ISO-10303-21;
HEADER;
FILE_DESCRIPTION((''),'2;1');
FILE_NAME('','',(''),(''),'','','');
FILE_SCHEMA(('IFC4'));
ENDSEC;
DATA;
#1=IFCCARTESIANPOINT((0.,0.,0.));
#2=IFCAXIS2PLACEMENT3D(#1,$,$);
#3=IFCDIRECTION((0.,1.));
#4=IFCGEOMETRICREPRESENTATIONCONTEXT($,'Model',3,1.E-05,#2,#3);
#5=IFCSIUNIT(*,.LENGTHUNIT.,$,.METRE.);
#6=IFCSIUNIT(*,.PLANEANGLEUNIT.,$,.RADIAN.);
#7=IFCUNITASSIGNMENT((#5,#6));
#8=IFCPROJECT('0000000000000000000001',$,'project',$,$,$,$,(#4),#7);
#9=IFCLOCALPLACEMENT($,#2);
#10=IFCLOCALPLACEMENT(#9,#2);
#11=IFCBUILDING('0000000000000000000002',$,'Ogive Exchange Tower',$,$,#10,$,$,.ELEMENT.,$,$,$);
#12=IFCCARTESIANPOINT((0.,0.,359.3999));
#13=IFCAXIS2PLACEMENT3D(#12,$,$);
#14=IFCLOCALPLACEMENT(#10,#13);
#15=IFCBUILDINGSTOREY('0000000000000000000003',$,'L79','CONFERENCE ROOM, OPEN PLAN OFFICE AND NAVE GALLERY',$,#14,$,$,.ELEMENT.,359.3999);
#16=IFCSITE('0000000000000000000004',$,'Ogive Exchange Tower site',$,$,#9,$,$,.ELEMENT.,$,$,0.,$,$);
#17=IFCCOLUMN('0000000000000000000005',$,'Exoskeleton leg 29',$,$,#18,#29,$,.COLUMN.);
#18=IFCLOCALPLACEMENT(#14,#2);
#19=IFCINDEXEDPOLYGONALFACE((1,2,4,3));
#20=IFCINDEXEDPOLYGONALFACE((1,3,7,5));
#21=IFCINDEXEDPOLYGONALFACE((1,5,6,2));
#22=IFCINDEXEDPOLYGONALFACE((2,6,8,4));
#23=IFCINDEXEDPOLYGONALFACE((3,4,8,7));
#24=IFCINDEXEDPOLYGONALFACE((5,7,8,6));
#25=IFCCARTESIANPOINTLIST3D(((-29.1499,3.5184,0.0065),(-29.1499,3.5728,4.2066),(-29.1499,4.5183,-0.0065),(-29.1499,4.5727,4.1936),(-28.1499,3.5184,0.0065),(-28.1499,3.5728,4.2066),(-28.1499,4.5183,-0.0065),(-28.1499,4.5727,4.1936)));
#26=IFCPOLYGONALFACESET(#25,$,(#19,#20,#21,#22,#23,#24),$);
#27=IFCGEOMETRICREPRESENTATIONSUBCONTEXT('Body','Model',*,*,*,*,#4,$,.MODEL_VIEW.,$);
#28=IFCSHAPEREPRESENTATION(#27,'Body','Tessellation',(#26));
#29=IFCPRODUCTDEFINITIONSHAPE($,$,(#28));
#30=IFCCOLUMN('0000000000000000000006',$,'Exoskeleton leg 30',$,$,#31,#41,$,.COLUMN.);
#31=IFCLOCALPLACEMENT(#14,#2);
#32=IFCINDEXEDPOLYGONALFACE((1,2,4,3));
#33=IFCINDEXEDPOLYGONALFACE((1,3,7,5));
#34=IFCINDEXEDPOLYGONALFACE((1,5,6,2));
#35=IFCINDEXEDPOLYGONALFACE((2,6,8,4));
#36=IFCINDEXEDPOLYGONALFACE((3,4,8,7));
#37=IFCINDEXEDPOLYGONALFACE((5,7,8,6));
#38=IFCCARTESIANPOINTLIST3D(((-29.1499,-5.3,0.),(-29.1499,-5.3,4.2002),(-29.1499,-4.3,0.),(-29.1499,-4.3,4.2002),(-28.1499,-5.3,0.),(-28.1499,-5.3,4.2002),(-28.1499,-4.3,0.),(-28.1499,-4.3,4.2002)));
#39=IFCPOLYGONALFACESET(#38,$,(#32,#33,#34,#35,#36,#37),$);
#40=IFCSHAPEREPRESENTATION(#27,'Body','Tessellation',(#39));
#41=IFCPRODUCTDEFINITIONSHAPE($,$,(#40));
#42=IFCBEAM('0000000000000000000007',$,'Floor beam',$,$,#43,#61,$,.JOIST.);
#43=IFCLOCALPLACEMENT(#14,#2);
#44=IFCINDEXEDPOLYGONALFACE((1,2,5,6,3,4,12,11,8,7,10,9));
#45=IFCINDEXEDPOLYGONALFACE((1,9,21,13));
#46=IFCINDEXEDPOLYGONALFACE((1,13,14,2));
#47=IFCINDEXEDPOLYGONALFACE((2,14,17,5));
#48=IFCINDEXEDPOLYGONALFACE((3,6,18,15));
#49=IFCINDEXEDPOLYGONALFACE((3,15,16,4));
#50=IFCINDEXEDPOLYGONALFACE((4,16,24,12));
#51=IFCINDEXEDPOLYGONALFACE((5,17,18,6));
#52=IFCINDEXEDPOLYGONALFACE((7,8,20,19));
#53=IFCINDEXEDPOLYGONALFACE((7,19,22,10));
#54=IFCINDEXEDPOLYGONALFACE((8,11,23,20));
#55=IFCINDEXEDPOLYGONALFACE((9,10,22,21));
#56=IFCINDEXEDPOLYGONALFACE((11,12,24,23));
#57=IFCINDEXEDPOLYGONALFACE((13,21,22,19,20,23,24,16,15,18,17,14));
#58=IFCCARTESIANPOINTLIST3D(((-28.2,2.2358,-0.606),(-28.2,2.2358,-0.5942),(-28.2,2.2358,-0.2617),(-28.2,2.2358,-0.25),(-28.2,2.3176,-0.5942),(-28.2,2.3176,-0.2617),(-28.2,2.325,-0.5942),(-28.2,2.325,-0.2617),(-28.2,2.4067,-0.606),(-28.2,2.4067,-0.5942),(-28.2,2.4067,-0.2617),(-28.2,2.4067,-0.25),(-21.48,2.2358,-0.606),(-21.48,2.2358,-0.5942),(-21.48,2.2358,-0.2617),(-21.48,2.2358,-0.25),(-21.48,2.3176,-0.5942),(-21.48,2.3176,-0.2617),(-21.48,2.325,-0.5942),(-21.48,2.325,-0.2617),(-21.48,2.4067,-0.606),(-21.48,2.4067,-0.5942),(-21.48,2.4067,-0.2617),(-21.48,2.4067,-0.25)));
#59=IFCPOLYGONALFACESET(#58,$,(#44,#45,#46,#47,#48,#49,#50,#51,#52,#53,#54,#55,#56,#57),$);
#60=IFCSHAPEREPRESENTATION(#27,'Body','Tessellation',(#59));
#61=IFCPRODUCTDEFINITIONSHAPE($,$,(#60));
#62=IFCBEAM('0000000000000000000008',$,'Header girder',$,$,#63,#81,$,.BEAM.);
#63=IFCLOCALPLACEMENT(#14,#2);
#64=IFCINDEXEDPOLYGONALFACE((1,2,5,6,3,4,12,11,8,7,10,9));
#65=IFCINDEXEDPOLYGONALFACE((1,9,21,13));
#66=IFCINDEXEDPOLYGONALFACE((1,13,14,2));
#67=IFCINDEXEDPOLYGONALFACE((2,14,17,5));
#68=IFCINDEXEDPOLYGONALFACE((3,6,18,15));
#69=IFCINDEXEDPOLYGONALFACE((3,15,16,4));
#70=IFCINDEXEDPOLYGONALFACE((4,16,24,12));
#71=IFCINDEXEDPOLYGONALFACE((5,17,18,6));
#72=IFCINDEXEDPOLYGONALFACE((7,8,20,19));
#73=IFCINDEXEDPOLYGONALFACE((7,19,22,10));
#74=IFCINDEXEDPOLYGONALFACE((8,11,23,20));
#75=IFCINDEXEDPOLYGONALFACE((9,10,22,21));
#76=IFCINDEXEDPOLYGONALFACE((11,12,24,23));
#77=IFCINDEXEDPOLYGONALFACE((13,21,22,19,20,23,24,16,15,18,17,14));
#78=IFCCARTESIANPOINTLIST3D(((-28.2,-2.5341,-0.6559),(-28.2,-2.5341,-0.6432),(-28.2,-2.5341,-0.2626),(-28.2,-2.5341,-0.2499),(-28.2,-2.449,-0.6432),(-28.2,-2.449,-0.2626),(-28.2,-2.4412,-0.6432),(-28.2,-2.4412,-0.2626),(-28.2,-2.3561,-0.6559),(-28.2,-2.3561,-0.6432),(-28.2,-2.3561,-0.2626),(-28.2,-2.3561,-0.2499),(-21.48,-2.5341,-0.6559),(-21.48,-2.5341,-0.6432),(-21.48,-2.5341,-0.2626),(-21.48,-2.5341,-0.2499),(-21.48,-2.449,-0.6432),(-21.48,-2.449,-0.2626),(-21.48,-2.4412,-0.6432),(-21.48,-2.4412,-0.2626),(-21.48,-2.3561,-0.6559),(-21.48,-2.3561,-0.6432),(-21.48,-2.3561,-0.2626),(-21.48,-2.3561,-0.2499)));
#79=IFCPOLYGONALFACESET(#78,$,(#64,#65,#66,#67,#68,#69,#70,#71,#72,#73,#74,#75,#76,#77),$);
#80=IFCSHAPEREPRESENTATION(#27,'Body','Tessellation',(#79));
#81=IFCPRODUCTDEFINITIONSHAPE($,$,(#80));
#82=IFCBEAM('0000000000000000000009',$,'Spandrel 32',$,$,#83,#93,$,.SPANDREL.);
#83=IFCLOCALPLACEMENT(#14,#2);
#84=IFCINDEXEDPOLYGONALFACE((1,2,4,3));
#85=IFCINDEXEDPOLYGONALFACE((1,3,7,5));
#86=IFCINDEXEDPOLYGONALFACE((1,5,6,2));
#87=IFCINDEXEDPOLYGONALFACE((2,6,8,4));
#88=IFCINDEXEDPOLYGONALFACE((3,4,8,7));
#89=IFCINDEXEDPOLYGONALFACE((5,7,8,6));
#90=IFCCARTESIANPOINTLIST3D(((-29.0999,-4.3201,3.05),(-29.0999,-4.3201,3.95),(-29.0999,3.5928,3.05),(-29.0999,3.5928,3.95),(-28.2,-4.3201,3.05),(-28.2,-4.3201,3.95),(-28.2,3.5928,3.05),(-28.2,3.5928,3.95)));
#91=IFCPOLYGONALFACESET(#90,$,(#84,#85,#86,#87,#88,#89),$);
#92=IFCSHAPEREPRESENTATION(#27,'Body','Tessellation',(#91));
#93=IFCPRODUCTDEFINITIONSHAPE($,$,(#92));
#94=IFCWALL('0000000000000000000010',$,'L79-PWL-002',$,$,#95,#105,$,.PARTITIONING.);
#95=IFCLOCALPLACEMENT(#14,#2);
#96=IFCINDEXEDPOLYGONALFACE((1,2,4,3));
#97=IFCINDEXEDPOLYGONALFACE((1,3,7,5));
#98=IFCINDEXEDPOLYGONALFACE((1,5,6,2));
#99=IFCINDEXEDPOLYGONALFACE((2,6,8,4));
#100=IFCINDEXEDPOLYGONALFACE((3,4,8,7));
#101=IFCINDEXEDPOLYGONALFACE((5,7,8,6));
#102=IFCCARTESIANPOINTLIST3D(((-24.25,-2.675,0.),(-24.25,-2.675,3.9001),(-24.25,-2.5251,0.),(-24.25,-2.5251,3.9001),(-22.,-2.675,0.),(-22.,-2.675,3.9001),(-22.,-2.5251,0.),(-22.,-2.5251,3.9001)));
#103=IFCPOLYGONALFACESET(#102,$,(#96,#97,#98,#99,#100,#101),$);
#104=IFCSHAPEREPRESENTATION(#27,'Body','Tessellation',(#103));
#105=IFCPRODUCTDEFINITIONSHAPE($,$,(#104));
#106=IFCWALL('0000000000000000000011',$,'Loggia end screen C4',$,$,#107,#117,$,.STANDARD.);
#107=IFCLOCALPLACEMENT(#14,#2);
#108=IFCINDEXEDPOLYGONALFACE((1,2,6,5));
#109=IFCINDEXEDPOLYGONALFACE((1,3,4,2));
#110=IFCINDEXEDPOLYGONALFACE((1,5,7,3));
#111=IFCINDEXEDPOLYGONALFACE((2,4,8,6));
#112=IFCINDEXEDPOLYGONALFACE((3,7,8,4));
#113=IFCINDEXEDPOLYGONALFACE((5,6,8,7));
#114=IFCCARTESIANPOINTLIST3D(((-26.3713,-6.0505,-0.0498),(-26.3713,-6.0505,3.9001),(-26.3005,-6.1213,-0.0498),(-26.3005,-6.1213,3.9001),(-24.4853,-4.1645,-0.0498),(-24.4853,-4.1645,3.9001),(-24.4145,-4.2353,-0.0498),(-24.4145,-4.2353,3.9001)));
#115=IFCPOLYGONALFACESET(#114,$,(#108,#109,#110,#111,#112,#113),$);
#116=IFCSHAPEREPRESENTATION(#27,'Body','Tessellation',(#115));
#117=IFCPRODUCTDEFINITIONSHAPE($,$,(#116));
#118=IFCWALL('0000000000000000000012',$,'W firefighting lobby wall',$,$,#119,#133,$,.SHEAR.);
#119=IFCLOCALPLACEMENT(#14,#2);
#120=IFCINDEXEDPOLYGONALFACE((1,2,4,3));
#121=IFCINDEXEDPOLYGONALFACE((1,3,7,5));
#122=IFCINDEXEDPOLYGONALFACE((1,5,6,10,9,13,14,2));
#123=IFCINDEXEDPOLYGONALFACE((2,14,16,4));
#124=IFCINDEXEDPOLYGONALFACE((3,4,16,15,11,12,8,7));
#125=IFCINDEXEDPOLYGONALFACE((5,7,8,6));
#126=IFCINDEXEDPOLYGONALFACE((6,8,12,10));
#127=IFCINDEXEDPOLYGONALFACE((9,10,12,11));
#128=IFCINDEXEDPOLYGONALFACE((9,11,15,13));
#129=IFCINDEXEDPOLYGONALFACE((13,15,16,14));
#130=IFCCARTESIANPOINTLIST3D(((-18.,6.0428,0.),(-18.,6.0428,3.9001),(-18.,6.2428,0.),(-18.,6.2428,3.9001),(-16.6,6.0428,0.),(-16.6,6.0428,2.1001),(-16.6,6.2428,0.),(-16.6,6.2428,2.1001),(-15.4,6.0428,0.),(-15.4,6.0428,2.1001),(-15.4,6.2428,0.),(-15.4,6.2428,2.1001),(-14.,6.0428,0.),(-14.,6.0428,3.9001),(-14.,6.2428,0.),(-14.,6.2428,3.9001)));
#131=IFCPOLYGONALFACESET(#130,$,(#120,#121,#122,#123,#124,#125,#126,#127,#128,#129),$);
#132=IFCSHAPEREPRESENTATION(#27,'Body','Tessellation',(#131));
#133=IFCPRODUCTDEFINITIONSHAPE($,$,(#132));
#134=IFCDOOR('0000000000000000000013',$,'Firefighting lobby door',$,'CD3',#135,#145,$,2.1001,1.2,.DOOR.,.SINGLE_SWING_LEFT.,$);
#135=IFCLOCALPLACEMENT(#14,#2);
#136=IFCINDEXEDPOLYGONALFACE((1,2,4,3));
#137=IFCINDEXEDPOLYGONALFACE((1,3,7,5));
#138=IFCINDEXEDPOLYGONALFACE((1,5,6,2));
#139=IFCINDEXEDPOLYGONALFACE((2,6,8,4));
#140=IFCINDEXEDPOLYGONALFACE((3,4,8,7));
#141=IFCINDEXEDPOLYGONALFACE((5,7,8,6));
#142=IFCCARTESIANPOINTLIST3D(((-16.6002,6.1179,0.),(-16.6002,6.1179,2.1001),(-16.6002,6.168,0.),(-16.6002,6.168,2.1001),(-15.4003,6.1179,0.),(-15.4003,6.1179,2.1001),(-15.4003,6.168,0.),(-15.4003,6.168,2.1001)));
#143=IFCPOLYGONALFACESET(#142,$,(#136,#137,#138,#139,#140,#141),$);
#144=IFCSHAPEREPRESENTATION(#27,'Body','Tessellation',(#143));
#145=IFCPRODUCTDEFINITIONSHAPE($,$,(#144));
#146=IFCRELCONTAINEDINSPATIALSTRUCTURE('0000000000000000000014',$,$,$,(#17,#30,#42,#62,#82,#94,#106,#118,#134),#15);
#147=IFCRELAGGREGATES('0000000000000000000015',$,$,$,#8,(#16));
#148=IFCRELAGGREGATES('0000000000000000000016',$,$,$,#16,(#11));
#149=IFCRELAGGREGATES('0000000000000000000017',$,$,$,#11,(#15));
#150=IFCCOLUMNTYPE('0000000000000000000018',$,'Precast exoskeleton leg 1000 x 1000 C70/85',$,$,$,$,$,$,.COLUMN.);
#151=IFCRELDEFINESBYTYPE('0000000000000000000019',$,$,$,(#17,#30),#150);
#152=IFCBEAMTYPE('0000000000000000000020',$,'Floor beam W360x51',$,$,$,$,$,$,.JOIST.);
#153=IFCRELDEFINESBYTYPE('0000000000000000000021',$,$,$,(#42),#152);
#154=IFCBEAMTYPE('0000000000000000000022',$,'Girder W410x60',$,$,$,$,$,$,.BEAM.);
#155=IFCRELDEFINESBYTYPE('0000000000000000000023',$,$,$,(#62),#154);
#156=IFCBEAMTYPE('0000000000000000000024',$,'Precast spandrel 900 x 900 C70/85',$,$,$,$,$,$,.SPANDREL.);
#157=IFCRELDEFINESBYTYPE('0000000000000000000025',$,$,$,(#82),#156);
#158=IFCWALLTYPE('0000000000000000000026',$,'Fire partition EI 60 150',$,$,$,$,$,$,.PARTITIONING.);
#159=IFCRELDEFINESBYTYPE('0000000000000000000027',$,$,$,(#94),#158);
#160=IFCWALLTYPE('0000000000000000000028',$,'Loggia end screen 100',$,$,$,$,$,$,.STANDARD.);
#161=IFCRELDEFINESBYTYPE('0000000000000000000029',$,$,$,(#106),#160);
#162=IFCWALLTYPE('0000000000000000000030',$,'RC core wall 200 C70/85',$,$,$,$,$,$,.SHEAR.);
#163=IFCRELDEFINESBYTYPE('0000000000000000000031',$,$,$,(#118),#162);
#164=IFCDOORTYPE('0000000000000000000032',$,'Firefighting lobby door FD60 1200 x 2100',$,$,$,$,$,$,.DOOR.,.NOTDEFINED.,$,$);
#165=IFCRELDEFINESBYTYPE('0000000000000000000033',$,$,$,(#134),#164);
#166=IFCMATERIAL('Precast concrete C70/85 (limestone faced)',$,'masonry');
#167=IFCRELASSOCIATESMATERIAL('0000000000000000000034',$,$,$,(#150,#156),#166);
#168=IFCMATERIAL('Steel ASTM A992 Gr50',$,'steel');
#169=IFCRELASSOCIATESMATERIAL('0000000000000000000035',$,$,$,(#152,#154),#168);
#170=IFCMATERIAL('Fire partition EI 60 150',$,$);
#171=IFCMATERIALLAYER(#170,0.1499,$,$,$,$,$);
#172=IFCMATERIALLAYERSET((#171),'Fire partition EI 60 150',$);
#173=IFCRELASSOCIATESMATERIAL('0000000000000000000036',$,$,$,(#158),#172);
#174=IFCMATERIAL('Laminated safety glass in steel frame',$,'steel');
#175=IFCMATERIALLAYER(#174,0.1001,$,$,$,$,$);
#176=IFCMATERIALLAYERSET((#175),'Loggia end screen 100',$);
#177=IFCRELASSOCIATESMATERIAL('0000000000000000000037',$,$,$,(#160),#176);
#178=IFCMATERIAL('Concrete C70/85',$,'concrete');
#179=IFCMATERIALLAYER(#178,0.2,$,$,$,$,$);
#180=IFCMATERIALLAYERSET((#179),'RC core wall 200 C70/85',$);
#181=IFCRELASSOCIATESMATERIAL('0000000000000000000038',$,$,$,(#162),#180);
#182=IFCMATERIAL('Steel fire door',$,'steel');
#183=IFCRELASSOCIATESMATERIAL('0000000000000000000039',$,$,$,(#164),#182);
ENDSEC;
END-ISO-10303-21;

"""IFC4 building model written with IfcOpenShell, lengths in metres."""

from ifc_helpers import new_model, si_unit, direction, frame, frame_2d, origin, origin_2d, place, context, subcontext, project, spatial, rectangle, i_section, extrude, material, layer, layer_set, material_profile, profile_set, type_object, element, fill, save


model = new_model("IFC4")

# Units and contexts
model_context = context("Model", 3, precision=1e-05, world=origin(), true_north=direction((0.0, 1.0)))
body_context = subcontext(model_context, "Body", "Model", "MODEL_VIEW")
ifc_project = project(units=[si_unit("LENGTHUNIT", "METRE"), si_unit("PLANEANGLEUNIT", "RADIAN")], contexts=[model_context])

# Site, building, storey
site_placement = place(None, origin())
site = spatial("IfcSite", under=ifc_project, at=site_placement, Name="Ogive Exchange Tower site", CompositionType="ELEMENT", RefElevation=0.0)
building_placement = place(site_placement, origin())
building = spatial("IfcBuilding", under=site, at=building_placement, Name="Ogive Exchange Tower", CompositionType="ELEMENT")
storey_placement = place(building_placement, frame((0.0, 0.0, 359.3999)))
storey = spatial("IfcBuildingStorey", under=building, at=storey_placement, Name="L79", Description="CONFERENCE ROOM, OPEN PLAN OFFICE AND NAVE GALLERY", CompositionType="ELEMENT", Elevation=359.3999)

# Columns
ifc_material_1 = material(Name="Precast concrete C70/85 (limestone faced)", Category="masonry")
ifc_material_profile_1 = material_profile(ifc_material_1, rectangle(XDim=1.0, YDim=1.0, at=origin_2d()), Name="1000 x 1000")
ifc_profile_set_1 = profile_set([ifc_material_profile_1], Name="Precast concrete C70/85 (limestone faced)")
column_type = type_object("IfcColumnType", Name="Precast exoskeleton leg 1000 x 1000 C70/85", PredefinedType="COLUMN", material=ifc_profile_set_1)
column_1_placement = place(storey_placement, frame((-28.6499, 4.0183, 0.0), z_axis=(0.0, 0.012961, 0.999916), x_axis=(-1.0, 0.0, 0.0)))
element("IfcColumn", 1, at=column_1_placement, inside=storey, type_object=column_type, Name="Exoskeleton leg 29", PredefinedType="COLUMN", context=body_context, shape_type="SweptSolid", body=[
    extrude(rectangle(XDim=1.0, YDim=1.0, at=origin_2d()), origin(), (0.0, 0.0, 1.0), 4.2004),
])
column_2_placement = place(storey_placement, frame((-28.6499, -4.8, 0.0), z_axis=(0.0, 0.0, 1.0), x_axis=(1.0, 0.0, 0.0)))
element("IfcColumn", 2, at=column_2_placement, inside=storey, type_object=column_type, Name="Exoskeleton leg 30", PredefinedType="COLUMN", context=body_context, shape_type="SweptSolid", body=[
    extrude(rectangle(XDim=1.0, YDim=1.0, at=origin_2d()), origin(), (0.0, 0.0, 1.0), 4.2002),
])

# Beams
ifc_material_2 = material(Name="Steel ASTM A992 Gr50", Category="steel")
ifc_material_profile_2 = material_profile(ifc_material_2, i_section(OverallWidth=0.1709, OverallDepth=0.356, WebThickness=0.0073, FlangeThickness=0.0117, at=origin_2d()), Name="W360x51")
ifc_profile_set_2 = profile_set([ifc_material_profile_2], Name="Steel ASTM A992 Gr50")
beam_type_1 = type_object("IfcBeamType", Name="Floor beam W360x51", PredefinedType="JOIST", material=ifc_profile_set_2)
beam_1_placement = place(storey_placement, frame((-28.2, 2.3213, -0.428), z_axis=(1.0, 0.0, 0.0), x_axis=(0.0, 1.0, 0.0)))
element("IfcBeam", 3, at=beam_1_placement, inside=storey, type_object=beam_type_1, Name="Floor beam", PredefinedType="JOIST", context=body_context, shape_type="SweptSolid", body=[
    extrude(i_section(OverallWidth=0.1709, OverallDepth=0.356, WebThickness=0.0073, FlangeThickness=0.0117, at=origin_2d()), origin(), (0.0, 0.0, 1.0), 6.72),
])
ifc_material_profile_3 = material_profile(ifc_material_2, i_section(OverallWidth=0.178, OverallDepth=0.406, WebThickness=0.0078, FlangeThickness=0.0127, at=origin_2d()), Name="W410x60")
ifc_profile_set_3 = profile_set([ifc_material_profile_3], Name="Steel ASTM A992 Gr50")
beam_type_2 = type_object("IfcBeamType", Name="Girder W410x60", PredefinedType="BEAM", material=ifc_profile_set_3)
beam_2_placement = place(storey_placement, frame((-28.2, -2.4451, -0.4529), z_axis=(1.0, 0.0, 0.0), x_axis=(0.0, 1.0, 0.0)))
element("IfcBeam", 4, at=beam_2_placement, inside=storey, type_object=beam_type_2, Name="Header girder", PredefinedType="BEAM", context=body_context, shape_type="SweptSolid", body=[
    extrude(i_section(OverallWidth=0.178, OverallDepth=0.406, WebThickness=0.0078, FlangeThickness=0.0127, at=origin_2d()), origin(), (0.0, 0.0, 1.0), 6.72),
])
ifc_material_profile_4 = material_profile(ifc_material_1, rectangle(XDim=0.8999, YDim=0.8999, at=origin_2d()), Name="900 x 900")
ifc_profile_set_4 = profile_set([ifc_material_profile_4], Name="Precast concrete C70/85 (limestone faced)")
beam_type_3 = type_object("IfcBeamType", Name="Precast spandrel 900 x 900 C70/85", PredefinedType="SPANDREL", material=ifc_profile_set_4)
beam_3_placement = place(storey_placement, frame((-28.6499, 3.5928, 3.5), z_axis=(0.0, -1.0, 0.0), x_axis=(1.0, 0.0, 0.0)))
element("IfcBeam", 5, at=beam_3_placement, inside=storey, type_object=beam_type_3, Name="Spandrel 32", PredefinedType="SPANDREL", context=body_context, shape_type="SweptSolid", body=[
    extrude(rectangle(XDim=0.8999, YDim=0.8999, at=origin_2d()), origin(), (0.0, 0.0, 1.0), 7.9128),
])

# Walls
ifc_material_3 = material(Name="Fire partition EI 60 150")
ifc_layer_1 = layer(ifc_material_3, 0.1499)
ifc_layer_set_1 = layer_set([ifc_layer_1], Name="Fire partition EI 60 150")
wall_type_1 = type_object("IfcWallType", Name="Fire partition EI 60 150", PredefinedType="PARTITIONING", material=ifc_layer_set_1)
wall_1_placement = place(storey_placement, frame((-24.25, -2.6001, 0.0), z_axis=(0.0, 0.0, 1.0), x_axis=(1.0, 0.0, 0.0)))
element("IfcWall", 6, at=wall_1_placement, inside=storey, type_object=wall_type_1, Name="L79-PWL-002", PredefinedType="PARTITIONING", context=body_context, shape_type="SweptSolid", body=[
    extrude(rectangle(XDim=2.25, YDim=0.1499, at=frame_2d((1.125, 0.0))), origin(), (0.0, 0.0, 1.0), 3.9001),
])
ifc_material_4 = material(Name="Laminated safety glass in steel frame", Category="steel")
ifc_layer_2 = layer(ifc_material_4, 0.1001)
ifc_layer_set_2 = layer_set([ifc_layer_2], Name="Loggia end screen 100")
wall_type_2 = type_object("IfcWallType", Name="Loggia end screen 100", PredefinedType="STANDARD", material=ifc_layer_set_2)
wall_2_placement = place(storey_placement, frame((-24.45, -4.2, -0.0498), z_axis=(0.0, 0.0, 1.0), x_axis=(-0.707107, -0.707107, 0.0)))
element("IfcWall", 7, at=wall_2_placement, inside=storey, type_object=wall_type_2, Name="Loggia end screen C4", PredefinedType="STANDARD", context=body_context, shape_type="SweptSolid", body=[
    extrude(rectangle(XDim=2.6672, YDim=0.1001, at=frame_2d((1.3335, 0.0))), origin(), (0.0, 0.0, 1.0), 3.95),
])

# Wall, opening, door
ifc_material_5 = material(Name="Concrete C70/85", Category="concrete")
ifc_layer_3 = layer(ifc_material_5, 0.2)
ifc_layer_set_3 = layer_set([ifc_layer_3], Name="RC core wall 200 C70/85")
wall_type_3 = type_object("IfcWallType", Name="RC core wall 200 C70/85", PredefinedType="SHEAR", material=ifc_layer_set_3)
wall_3_placement = place(storey_placement, frame((-18.0, 6.1428, 0.0), z_axis=(0.0, 0.0, 1.0), x_axis=(1.0, 0.0, 0.0)))
wall_3 = element("IfcWall", 8, at=wall_3_placement, inside=storey, type_object=wall_type_3, Name="W firefighting lobby wall", PredefinedType="SHEAR", context=body_context, shape_type="SweptSolid", body=[
    extrude(rectangle(XDim=4.0, YDim=0.2, at=frame_2d((2.0, 0.0))), origin(), (0.0, 0.0, 1.0), 3.9001),
])
opening_1_placement = place(wall_3_placement, frame((1.3999, 0.0, 0.0)))
opening_1 = element("IfcOpeningElement", 9, at=opening_1_placement, cuts=wall_3, PredefinedType="OPENING", context=body_context, shape_type="SweptSolid", body=[
    extrude(rectangle(XDim=1.2, YDim=2.1001, at=frame_2d((0.6001, 1.05))), frame((0.0, 0.1099, 0.0), z_axis=(0.0, -1.0, 0.0), x_axis=(1.0, 0.0, 0.0)), (0.0, 0.0, 1.0), 0.22),
])
ifc_material_6 = material(Name="Steel fire door", Category="steel")
door_type_1 = type_object("IfcDoorType", Name="Firefighting lobby door FD60 1200 x 2100", OperationType="NOTDEFINED", PredefinedType="DOOR", material=ifc_material_6)
door_1_placement = place(opening_1_placement, frame((1.2, 0.0, 0.0), z_axis=(0.0, 0.0, 1.0), x_axis=(-1.0, 0.0, 0.0)))
door_1 = element("IfcDoor", 10, at=door_1_placement, inside=storey, type_object=door_type_1, Name="Firefighting lobby door", ObjectType="CD3", OperationType="SINGLE_SWING_LEFT", OverallHeight=2.1001, OverallWidth=1.2, PredefinedType="DOOR", context=body_context, shape_type="SweptSolid", body=[
    extrude(rectangle(XDim=1.2, YDim=2.1001, at=frame_2d((0.6001, 1.05))), frame((0.0, 0.0249, 0.0), z_axis=(0.0, -1.0, 0.0), x_axis=(1.0, 0.0, 0.0)), (0.0, 0.0, 1.0), 0.05),
])
fill(opening_1, door_1)

save(model, "model.ifc")
